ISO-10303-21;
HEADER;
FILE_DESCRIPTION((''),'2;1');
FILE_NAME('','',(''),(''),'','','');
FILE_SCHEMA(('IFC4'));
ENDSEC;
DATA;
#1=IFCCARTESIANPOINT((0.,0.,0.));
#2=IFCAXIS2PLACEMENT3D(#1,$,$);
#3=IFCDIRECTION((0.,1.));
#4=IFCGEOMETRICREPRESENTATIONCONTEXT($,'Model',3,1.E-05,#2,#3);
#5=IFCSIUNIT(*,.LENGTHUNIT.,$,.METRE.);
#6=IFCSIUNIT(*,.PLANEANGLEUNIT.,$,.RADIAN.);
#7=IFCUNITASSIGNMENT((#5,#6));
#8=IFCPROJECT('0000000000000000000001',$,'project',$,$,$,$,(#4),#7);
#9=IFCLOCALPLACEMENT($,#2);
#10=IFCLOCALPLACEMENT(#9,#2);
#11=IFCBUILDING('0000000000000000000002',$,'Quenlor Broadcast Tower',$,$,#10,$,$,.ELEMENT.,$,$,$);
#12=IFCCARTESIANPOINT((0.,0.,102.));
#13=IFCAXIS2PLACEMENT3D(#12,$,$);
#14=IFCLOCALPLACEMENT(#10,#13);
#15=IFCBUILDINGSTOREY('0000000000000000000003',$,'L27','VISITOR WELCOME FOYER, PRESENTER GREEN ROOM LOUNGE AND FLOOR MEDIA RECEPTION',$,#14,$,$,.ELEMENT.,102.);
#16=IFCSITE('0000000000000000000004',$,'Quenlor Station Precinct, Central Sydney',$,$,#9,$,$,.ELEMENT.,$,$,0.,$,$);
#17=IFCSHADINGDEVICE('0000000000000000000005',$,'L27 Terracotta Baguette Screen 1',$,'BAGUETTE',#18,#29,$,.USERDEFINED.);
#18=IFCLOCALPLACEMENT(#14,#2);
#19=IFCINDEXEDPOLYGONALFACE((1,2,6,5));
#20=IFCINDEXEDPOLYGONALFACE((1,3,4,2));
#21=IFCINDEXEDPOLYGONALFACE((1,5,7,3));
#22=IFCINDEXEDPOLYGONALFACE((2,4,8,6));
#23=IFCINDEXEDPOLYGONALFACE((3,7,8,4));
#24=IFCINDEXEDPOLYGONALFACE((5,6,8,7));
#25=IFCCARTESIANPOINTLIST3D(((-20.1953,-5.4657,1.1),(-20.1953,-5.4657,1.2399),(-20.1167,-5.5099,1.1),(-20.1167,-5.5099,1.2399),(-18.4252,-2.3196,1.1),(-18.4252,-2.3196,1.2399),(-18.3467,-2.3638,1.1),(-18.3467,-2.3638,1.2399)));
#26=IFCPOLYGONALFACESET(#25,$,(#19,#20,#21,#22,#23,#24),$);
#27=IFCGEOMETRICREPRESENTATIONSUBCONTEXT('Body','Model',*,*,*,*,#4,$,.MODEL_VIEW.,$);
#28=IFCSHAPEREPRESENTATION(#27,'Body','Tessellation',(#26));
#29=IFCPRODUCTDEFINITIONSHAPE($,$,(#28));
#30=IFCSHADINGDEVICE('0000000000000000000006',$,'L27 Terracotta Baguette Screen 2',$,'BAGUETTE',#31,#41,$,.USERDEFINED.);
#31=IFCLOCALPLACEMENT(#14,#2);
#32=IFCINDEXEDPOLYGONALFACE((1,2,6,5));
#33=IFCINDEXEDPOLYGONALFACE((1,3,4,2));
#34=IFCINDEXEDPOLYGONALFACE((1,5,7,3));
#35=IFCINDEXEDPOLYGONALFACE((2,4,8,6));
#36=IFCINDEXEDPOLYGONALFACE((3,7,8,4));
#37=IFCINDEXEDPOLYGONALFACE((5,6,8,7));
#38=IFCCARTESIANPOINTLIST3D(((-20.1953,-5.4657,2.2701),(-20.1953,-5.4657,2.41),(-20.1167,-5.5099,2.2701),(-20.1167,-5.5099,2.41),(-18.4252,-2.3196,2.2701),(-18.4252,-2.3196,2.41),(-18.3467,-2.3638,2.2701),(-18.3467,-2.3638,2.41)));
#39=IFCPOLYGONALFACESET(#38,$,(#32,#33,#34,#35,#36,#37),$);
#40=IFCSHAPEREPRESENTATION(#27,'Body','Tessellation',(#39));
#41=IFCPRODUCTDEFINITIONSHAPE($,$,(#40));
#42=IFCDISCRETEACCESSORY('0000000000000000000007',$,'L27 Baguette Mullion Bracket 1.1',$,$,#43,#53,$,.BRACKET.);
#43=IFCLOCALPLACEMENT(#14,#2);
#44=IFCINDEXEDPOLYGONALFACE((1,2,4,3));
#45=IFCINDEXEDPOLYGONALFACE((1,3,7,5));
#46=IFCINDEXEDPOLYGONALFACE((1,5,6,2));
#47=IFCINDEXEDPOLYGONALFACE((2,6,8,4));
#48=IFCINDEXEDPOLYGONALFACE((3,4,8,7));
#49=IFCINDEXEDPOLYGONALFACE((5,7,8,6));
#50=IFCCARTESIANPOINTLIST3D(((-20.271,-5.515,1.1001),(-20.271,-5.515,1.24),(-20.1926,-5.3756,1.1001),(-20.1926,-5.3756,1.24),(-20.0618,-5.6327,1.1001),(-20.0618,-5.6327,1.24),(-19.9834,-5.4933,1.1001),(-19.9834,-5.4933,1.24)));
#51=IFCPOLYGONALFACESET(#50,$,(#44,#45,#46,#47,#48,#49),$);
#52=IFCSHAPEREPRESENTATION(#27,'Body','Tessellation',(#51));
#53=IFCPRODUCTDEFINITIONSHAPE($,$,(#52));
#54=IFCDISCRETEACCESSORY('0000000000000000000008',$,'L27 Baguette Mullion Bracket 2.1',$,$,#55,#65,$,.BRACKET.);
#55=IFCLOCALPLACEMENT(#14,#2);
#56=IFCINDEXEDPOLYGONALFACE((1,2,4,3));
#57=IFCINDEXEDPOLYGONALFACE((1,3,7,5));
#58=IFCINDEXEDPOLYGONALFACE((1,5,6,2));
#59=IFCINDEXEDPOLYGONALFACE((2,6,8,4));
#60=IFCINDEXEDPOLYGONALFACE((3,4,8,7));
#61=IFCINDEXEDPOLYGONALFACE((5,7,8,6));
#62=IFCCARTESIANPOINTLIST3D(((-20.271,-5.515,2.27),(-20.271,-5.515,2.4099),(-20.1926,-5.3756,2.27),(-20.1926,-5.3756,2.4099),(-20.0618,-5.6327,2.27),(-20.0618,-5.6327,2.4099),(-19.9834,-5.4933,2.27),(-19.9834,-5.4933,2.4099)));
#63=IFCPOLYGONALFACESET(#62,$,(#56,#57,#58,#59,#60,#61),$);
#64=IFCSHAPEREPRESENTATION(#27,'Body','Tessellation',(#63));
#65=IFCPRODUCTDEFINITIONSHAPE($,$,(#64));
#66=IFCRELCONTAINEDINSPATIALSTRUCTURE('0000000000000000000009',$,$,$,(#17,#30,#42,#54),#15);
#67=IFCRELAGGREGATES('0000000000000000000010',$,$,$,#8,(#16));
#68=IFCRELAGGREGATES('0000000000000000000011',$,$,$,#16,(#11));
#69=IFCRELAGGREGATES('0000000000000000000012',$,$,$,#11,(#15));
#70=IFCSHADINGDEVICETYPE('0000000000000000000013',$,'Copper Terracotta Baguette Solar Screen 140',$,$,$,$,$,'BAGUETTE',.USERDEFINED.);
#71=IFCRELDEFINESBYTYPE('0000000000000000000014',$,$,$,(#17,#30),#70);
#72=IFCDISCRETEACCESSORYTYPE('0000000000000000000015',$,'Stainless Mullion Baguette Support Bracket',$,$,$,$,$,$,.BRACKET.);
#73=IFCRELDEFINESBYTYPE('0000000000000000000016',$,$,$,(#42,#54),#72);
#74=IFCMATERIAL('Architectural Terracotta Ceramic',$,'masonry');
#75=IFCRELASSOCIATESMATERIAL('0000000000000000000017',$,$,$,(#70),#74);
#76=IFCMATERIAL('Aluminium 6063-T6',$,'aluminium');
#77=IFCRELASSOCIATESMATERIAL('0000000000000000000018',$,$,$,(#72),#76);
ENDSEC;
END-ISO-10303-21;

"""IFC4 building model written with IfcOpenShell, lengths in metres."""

from ifc_helpers import new_model, si_unit, direction, frame, origin, origin_2d, place, context, subcontext, project, spatial, rectangle, extrude, material, material_profile, profile_set, type_object, element, save


model = new_model("IFC4")

# Units and contexts
model_context = context("Model", 3, precision=1e-05, world=origin(), true_north=direction((0.0, 1.0)))
body_context = subcontext(model_context, "Body", "Model", "MODEL_VIEW")
ifc_project = project(units=[si_unit("LENGTHUNIT", "METRE"), si_unit("PLANEANGLEUNIT", "RADIAN")], contexts=[model_context])

# Site, building, storey
site_placement = place(None, origin())
site = spatial("IfcSite", under=ifc_project, at=site_placement, Name="Quenlor Station Precinct, Central Sydney", CompositionType="ELEMENT", RefElevation=0.0)
building_placement = place(site_placement, origin())
building = spatial("IfcBuilding", under=site, at=building_placement, Name="Quenlor Broadcast Tower", CompositionType="ELEMENT")
storey_placement = place(building_placement, frame((0.0, 0.0, 102.0)))
storey = spatial("IfcBuildingStorey", under=building, at=storey_placement, Name="L27", Description="VISITOR WELCOME FOYER, PRESENTER GREEN ROOM LOUNGE AND FLOOR MEDIA RECEPTION", CompositionType="ELEMENT", Elevation=102.0)

# Shading devices
ifc_material_1 = material(Name="Architectural Terracotta Ceramic", Category="masonry")
ifc_material_profile_1 = material_profile(ifc_material_1, rectangle(XDim=0.0901, YDim=0.1399, at=origin_2d()))
ifc_profile_set_1 = profile_set([ifc_material_profile_1], Name="Architectural Terracotta Ceramic BAG90x140")
shading_device_type = type_object("IfcShadingDeviceType", Name="Copper Terracotta Baguette Solar Screen 140", ElementType="BAGUETTE", PredefinedType="USERDEFINED", material=ifc_profile_set_1)
for number, where, z_axis, x_axis, name in (
    (1, (-20.156, -5.4878, 1.1699), (0.490345, 0.871529, 0.0), (-0.871529, 0.490345, 0.0), "L27 Terracotta Baguette Screen 1"),
    (2, (-20.156, -5.4878, 2.3401), (0.490345, 0.871529, 0.0), (-0.871529, 0.490345, 0.0), "L27 Terracotta Baguette Screen 2"),
):
    element("IfcShadingDevice", number, at=place(storey_placement, frame(where, z_axis=z_axis, x_axis=x_axis)), inside=storey, type_object=shading_device_type, Name=name, ObjectType="BAGUETTE", PredefinedType="USERDEFINED", context=body_context, shape_type="SweptSolid", body=[
        extrude(rectangle(XDim=0.0901, YDim=0.1399, at=origin_2d()), origin(), (0.0, 0.0, 1.0), 3.6099),
    ])

# Discrete accessories
ifc_material_2 = material(Name="Aluminium 6063-T6", Category="aluminium")
discrete_accessory_type = type_object("IfcDiscreteAccessoryType", Name="Stainless Mullion Baguette Support Bracket", PredefinedType="BRACKET", material=ifc_material_2)
for number, where, z_axis, x_axis, name in (
    (3, (-20.1272, -5.5042, 1.1001), (0.0, 0.0, 1.0), (0.490277, 0.871567, 0.0), "L27 Baguette Mullion Bracket 1.1"),
    (4, (-20.1272, -5.5042, 2.27), (0.0, 0.0, 1.0), (0.490277, 0.871567, 0.0), "L27 Baguette Mullion Bracket 2.1"),
):
    element("IfcDiscreteAccessory", number, at=place(storey_placement, frame(where, z_axis=z_axis, x_axis=x_axis)), inside=storey, type_object=discrete_accessory_type, Name=name, PredefinedType="BRACKET", context=body_context, shape_type="SweptSolid", body=[
        extrude(rectangle(XDim=0.1599, YDim=0.24, at=origin_2d()), origin(), (0.0, 0.0, 1.0), 0.1399),
    ])

save(model, "model.ifc")
